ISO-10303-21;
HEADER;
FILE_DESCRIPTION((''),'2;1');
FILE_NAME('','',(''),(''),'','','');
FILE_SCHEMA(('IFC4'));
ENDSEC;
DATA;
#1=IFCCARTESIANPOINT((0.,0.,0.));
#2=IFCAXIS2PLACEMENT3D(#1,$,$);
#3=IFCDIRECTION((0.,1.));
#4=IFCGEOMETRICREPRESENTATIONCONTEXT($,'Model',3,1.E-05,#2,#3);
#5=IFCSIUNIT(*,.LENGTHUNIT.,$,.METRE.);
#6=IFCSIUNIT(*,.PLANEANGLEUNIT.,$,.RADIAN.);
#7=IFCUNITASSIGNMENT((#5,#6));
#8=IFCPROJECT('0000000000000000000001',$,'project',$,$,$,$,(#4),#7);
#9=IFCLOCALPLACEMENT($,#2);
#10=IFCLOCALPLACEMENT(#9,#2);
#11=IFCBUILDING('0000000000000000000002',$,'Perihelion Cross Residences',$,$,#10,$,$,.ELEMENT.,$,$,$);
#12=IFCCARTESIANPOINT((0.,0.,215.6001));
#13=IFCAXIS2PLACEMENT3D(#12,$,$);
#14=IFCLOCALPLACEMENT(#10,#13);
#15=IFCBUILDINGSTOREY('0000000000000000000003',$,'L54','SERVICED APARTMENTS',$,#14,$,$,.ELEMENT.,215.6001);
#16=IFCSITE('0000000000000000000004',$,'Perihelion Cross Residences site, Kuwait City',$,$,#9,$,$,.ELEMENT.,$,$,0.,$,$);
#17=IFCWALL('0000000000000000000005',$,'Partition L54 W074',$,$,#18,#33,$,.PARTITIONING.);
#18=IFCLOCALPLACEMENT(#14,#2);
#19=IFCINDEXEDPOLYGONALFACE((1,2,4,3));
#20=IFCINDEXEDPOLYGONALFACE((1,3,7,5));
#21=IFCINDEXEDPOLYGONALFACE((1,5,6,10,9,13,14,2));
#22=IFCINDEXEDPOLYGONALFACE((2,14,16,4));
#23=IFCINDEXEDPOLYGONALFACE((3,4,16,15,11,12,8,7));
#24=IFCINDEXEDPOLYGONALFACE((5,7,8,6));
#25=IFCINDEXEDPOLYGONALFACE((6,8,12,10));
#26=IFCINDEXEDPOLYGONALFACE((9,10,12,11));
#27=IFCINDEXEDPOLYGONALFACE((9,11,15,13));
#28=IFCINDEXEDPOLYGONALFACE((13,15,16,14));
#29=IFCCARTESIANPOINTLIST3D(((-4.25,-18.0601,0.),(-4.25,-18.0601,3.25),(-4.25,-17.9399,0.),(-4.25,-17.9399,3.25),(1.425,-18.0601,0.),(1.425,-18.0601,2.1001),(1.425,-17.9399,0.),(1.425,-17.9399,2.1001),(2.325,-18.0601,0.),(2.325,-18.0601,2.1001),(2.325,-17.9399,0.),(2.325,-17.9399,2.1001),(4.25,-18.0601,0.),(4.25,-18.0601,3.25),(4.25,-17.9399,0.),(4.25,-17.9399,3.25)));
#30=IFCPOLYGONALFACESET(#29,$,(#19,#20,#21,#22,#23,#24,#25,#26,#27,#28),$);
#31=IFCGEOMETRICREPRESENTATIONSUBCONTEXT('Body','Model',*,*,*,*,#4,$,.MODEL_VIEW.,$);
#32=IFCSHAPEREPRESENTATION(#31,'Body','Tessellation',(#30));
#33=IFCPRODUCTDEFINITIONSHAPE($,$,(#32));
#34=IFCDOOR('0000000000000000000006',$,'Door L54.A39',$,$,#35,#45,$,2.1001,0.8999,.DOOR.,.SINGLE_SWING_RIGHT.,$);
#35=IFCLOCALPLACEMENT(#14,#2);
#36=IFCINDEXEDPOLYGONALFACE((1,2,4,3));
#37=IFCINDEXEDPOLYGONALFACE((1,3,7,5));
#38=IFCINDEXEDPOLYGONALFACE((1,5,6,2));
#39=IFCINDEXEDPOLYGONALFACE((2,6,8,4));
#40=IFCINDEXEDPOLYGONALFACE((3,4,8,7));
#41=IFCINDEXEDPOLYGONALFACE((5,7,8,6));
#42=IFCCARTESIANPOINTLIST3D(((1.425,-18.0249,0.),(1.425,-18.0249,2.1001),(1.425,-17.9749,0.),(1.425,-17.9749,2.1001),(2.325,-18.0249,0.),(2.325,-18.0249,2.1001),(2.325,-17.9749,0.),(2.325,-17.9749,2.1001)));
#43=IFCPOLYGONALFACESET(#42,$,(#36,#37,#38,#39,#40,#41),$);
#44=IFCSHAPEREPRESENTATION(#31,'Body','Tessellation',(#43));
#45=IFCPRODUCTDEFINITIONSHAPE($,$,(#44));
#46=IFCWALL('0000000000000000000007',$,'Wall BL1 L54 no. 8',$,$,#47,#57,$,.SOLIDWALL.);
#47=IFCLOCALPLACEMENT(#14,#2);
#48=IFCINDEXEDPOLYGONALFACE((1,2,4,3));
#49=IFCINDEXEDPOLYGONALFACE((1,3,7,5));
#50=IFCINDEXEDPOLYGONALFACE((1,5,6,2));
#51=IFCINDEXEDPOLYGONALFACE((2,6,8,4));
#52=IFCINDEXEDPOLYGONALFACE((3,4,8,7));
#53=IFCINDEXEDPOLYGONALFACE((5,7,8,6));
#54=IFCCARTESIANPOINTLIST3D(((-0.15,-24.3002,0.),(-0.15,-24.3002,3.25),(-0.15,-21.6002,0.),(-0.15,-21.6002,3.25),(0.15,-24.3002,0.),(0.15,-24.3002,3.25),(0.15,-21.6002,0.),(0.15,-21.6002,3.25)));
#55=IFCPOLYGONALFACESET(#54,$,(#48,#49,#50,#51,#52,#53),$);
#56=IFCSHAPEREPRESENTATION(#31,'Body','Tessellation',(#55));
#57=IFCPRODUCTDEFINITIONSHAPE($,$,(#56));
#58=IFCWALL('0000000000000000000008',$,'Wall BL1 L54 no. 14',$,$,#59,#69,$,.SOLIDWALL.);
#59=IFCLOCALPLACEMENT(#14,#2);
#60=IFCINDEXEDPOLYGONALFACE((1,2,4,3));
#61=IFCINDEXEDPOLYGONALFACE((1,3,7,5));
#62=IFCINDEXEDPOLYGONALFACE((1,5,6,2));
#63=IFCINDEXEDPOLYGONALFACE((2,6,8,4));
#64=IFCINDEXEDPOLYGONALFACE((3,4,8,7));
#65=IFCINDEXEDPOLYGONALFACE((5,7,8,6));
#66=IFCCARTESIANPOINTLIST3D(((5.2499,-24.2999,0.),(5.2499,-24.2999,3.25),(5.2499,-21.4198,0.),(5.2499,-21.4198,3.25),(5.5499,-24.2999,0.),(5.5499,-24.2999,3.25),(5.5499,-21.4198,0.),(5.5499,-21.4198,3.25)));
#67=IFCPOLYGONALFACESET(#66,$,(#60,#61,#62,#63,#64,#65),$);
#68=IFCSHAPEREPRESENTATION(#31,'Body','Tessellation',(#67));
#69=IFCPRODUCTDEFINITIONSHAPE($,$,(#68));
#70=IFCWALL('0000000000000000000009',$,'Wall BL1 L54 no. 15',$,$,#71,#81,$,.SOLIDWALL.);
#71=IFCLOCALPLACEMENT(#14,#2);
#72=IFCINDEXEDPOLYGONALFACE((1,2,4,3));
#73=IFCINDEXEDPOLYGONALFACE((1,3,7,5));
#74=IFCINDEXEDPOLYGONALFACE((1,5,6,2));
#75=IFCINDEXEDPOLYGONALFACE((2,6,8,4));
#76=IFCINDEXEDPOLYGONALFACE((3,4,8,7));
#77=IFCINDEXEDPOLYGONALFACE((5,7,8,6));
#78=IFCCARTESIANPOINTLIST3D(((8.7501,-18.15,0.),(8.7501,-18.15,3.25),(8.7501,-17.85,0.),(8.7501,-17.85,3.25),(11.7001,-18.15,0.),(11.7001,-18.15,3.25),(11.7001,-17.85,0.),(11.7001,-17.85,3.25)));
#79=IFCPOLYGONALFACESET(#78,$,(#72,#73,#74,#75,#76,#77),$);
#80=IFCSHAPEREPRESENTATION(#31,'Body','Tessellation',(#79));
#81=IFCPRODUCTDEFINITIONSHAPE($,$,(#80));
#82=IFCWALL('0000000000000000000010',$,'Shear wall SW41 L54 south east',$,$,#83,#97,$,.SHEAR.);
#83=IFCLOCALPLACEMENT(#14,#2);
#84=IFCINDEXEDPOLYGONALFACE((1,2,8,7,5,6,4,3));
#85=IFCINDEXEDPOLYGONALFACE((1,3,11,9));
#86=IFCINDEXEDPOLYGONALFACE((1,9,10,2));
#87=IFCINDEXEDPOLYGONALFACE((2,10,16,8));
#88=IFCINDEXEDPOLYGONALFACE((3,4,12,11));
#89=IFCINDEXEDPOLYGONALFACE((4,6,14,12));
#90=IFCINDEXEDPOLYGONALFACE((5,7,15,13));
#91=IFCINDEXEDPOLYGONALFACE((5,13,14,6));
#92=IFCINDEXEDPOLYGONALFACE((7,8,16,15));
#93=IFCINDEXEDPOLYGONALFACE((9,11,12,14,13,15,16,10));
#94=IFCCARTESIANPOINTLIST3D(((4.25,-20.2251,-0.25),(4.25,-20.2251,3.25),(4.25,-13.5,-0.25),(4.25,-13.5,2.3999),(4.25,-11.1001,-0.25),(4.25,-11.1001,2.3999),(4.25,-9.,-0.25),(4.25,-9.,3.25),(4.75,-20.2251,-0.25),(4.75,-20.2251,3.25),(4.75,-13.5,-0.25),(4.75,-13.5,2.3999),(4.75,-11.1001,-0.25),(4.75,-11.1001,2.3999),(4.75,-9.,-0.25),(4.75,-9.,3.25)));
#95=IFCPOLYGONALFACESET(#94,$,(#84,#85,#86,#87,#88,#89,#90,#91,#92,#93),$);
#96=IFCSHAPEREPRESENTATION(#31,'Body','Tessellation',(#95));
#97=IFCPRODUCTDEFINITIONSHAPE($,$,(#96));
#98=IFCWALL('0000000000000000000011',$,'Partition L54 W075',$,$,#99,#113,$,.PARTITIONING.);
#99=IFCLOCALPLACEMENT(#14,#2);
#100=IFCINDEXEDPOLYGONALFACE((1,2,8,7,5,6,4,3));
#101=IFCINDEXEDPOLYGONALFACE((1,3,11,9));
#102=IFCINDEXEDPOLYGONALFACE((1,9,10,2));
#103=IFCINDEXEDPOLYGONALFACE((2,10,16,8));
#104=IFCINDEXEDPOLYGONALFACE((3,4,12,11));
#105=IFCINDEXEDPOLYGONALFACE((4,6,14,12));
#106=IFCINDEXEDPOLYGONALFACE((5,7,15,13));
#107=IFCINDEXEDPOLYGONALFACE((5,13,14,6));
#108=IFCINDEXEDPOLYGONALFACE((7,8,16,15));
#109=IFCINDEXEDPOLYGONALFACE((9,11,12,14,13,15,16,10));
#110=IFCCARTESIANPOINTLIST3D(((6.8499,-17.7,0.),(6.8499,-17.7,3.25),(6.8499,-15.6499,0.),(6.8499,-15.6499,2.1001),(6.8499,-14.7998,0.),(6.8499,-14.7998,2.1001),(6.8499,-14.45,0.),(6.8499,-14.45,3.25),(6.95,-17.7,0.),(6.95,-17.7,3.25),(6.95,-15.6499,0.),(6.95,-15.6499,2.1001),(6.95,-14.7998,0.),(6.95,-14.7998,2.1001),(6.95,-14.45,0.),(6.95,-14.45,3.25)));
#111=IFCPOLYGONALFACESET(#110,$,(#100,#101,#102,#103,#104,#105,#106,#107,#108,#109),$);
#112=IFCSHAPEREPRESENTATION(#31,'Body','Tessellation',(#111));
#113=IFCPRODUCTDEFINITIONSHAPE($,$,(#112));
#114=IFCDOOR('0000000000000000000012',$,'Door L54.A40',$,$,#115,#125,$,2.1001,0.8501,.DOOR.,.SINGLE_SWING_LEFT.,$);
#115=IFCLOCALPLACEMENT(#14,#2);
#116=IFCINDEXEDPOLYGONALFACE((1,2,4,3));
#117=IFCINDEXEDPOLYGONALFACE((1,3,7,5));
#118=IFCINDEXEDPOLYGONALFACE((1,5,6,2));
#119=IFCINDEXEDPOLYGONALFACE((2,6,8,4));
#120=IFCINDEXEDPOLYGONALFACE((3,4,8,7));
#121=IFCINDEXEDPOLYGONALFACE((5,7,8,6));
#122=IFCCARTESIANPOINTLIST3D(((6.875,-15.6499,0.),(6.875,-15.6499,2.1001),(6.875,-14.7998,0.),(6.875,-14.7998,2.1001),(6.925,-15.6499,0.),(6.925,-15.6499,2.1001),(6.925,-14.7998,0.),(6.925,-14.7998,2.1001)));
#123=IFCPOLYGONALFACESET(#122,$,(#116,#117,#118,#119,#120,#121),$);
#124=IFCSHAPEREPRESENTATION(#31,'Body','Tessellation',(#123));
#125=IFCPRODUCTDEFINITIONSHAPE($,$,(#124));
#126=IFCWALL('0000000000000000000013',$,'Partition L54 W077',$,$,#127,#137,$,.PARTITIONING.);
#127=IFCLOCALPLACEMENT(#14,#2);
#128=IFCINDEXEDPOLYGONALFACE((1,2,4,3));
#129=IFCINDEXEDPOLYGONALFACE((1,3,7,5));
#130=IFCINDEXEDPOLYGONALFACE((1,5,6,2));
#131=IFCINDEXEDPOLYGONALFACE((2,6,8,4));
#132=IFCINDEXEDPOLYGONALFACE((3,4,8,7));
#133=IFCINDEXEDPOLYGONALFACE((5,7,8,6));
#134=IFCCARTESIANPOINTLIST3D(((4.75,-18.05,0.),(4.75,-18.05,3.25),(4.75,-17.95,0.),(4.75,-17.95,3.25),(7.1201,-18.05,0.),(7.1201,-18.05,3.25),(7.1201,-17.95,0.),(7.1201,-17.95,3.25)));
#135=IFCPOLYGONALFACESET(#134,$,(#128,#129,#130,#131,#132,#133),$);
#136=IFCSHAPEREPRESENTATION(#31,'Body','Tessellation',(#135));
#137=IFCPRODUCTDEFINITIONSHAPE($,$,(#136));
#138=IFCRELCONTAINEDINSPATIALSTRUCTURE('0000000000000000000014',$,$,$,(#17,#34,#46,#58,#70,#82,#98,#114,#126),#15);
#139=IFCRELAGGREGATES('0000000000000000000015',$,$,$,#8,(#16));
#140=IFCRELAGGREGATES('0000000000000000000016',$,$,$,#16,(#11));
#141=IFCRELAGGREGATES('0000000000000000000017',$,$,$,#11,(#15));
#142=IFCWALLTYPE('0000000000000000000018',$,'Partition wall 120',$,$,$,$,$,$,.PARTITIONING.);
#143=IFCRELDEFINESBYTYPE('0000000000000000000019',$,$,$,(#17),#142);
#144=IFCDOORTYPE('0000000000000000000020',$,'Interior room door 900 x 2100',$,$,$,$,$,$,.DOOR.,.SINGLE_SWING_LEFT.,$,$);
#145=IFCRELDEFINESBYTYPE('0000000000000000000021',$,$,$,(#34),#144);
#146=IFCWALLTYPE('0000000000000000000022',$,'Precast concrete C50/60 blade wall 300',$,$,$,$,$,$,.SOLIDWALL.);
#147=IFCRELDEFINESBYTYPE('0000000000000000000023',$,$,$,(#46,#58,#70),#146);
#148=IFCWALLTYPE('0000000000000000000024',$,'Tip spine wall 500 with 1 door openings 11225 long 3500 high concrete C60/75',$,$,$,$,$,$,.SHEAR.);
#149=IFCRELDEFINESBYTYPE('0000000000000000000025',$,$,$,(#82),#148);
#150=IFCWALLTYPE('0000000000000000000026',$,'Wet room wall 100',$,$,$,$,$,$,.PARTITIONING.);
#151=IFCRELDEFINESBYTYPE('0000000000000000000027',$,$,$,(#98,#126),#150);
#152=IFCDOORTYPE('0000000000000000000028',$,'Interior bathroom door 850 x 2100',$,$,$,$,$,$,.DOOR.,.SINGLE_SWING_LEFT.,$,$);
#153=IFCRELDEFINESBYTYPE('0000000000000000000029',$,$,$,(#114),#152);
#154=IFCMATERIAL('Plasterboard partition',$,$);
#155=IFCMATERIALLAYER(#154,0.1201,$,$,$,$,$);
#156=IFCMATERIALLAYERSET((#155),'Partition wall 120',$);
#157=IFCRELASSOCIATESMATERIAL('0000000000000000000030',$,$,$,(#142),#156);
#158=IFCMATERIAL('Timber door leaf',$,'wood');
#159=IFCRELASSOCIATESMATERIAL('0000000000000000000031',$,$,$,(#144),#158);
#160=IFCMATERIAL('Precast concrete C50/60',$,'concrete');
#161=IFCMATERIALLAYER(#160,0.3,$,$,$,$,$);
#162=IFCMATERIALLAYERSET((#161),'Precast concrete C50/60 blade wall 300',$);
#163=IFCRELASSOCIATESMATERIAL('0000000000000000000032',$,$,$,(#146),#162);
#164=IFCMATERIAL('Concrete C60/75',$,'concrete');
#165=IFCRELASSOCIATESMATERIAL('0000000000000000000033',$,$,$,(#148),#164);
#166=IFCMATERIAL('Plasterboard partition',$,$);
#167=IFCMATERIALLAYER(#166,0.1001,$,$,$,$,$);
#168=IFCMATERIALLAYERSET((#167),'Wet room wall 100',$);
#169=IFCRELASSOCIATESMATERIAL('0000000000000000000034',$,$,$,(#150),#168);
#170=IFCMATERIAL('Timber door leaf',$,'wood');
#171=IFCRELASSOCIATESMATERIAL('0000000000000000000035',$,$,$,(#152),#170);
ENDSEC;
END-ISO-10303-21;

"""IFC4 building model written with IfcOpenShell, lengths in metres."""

from ifc_helpers import new_model, si_unit, direction, frame, frame_2d, origin, place, context, subcontext, project, spatial, polyline, rectangle, outline, extrude, material, layer, layer_set, material_profile, profile_set, type_object, element, fill, save


model = new_model("IFC4")

# Units and contexts
model_context = context("Model", 3, precision=1e-05, world=origin(), true_north=direction((0.0, 1.0)))
body_context = subcontext(model_context, "Body", "Model", "MODEL_VIEW")
ifc_project = project(units=[si_unit("LENGTHUNIT", "METRE"), si_unit("PLANEANGLEUNIT", "RADIAN")], contexts=[model_context])

# Site, building, storey
site_placement = place(None, origin())
site = spatial("IfcSite", under=ifc_project, at=site_placement, Name="Perihelion Cross Residences site, Kuwait City", CompositionType="ELEMENT", RefElevation=0.0)
building_placement = place(site_placement, origin())
building = spatial("IfcBuilding", under=site, at=building_placement, Name="Perihelion Cross Residences", CompositionType="ELEMENT")
storey_placement = place(building_placement, frame((0.0, 0.0, 215.6001)))
storey = spatial("IfcBuildingStorey", under=building, at=storey_placement, Name="L54", Description="SERVICED APARTMENTS", CompositionType="ELEMENT", Elevation=215.6001)

# Wall, opening, door
ifc_material_1 = material(Name="Plasterboard partition")
ifc_layer_1 = layer(ifc_material_1, 0.1201)
ifc_layer_set_1 = layer_set([ifc_layer_1], Name="Partition wall 120")
wall_type_1 = type_object("IfcWallType", Name="Partition wall 120", PredefinedType="PARTITIONING", material=ifc_layer_set_1)
wall_1_placement = place(storey_placement, frame((4.25, -18.0, 0.0), z_axis=(0.0, 0.0, 1.0), x_axis=(-1.0, 0.0, 0.0)))
wall_1 = element("IfcWall", 1, at=wall_1_placement, inside=storey, type_object=wall_type_1, Name="Partition L54 W074", PredefinedType="PARTITIONING", context=body_context, shape_type="SweptSolid", body=[
    extrude(rectangle(XDim=8.5, YDim=0.1201, at=frame_2d((4.25, 0.0))), origin(), (0.0, 0.0, 1.0), 3.25),
])
opening_1_placement = place(wall_1_placement, frame((1.925, 0.0, 0.0)))
opening_1 = element("IfcOpeningElement", 2, at=opening_1_placement, cuts=wall_1, PredefinedType="OPENING", context=body_context, shape_type="SweptSolid", body=[
    extrude(rectangle(XDim=0.8999, YDim=2.1001, at=frame_2d((0.45, 1.05))), frame((0.0, 0.0701, 0.0), z_axis=(0.0, -1.0, 0.0), x_axis=(1.0, 0.0, 0.0)), (0.0, 0.0, 1.0), 0.1401),
])
ifc_material_2 = material(Name="Timber door leaf", Category="wood")
door_type_1 = type_object("IfcDoorType", Name="Interior room door 900 x 2100", OperationType="SINGLE_SWING_LEFT", PredefinedType="DOOR", material=ifc_material_2)
door_1_placement = place(opening_1_placement, origin())
door_1 = element("IfcDoor", 3, at=door_1_placement, inside=storey, type_object=door_type_1, Name="Door L54.A39", OperationType="SINGLE_SWING_RIGHT", OverallHeight=2.1001, OverallWidth=0.8999, PredefinedType="DOOR", context=body_context, shape_type="SweptSolid", body=[
    extrude(rectangle(XDim=0.8999, YDim=2.1001, at=frame_2d((0.45, 1.05))), frame((0.0, 0.0249, 0.0), z_axis=(0.0, -1.0, 0.0), x_axis=(1.0, 0.0, 0.0)), (0.0, 0.0, 1.0), 0.05),
])
fill(opening_1, door_1)

# Walls
ifc_material_3 = material(Name="Precast concrete C50/60", Category="concrete")
ifc_layer_2 = layer(ifc_material_3, 0.3)
ifc_layer_set_2 = layer_set([ifc_layer_2], Name="Precast concrete C50/60 blade wall 300")
wall_type_2 = type_object("IfcWallType", Name="Precast concrete C50/60 blade wall 300", PredefinedType="SOLIDWALL", material=ifc_layer_set_2)
wall_2_placement = place(storey_placement, frame((0.0, -21.6001, 0.0), z_axis=(0.0, 0.0, 1.0), x_axis=(0.0, -1.0, 0.0)))
element("IfcWall", 4, at=wall_2_placement, inside=storey, type_object=wall_type_2, Name="Wall BL1 L54 no. 8", PredefinedType="SOLIDWALL", context=body_context, shape_type="SweptSolid", body=[
    extrude(rectangle(XDim=2.7, YDim=0.3, at=frame_2d((1.3501, 0.0))), origin(), (0.0, 0.0, 1.0), 3.25),
])
wall_3_placement = place(storey_placement, frame((5.3999, -21.4199, 0.0), z_axis=(0.0, 0.0, 1.0), x_axis=(0.0, -1.0, 0.0)))
element("IfcWall", 5, at=wall_3_placement, inside=storey, type_object=wall_type_2, Name="Wall BL1 L54 no. 14", PredefinedType="SOLIDWALL", context=body_context, shape_type="SweptSolid", body=[
    extrude(rectangle(XDim=2.8801, YDim=0.3, at=frame_2d((1.4399, 0.0))), origin(), (0.0, 0.0, 1.0), 3.25),
])
wall_4_placement = place(storey_placement, frame((8.75, -18.0, 0.0), z_axis=(0.0, 0.0, 1.0), x_axis=(1.0, 0.0, 0.0)))
element("IfcWall", 6, at=wall_4_placement, inside=storey, type_object=wall_type_2, Name="Wall BL1 L54 no. 15", PredefinedType="SOLIDWALL", context=body_context, shape_type="SweptSolid", body=[
    extrude(rectangle(XDim=2.95, YDim=0.3, at=frame_2d((1.4751, 0.0))), origin(), (0.0, 0.0, 1.0), 3.25),
])
ifc_material_4 = material(Name="Concrete C60/75", Category="concrete")
ifc_material_profile_1 = material_profile(ifc_material_4, outline(polyline([(0.0, 0.0), (6.7251, 0.0), (6.7251, 2.6499), (9.125, 2.6499), (9.125, 0.0), (11.2251, 0.0), (11.2251, 3.5), (0.0, 3.5), (0.0, 0.0)])), Name="Tip spine wall")
ifc_profile_set_1 = profile_set([ifc_material_profile_1], Name="Concrete C60/75")
wall_type_3 = type_object("IfcWallType", Name="Tip spine wall 500 with 1 door openings 11225 long 3500 high concrete C60/75", PredefinedType="SHEAR", material=ifc_profile_set_1)
wall_5_placement = place(storey_placement, frame((4.25, -20.2251, -0.25), z_axis=(1.0, 0.0, 0.0), x_axis=(0.0, 1.0, 0.0)))
element("IfcWall", 7, at=wall_5_placement, inside=storey, type_object=wall_type_3, Name="Shear wall SW41 L54 south east", PredefinedType="SHEAR", context=body_context, shape_type="SweptSolid", body=[
    extrude(outline(polyline([(0.0, 0.0), (6.7251, 0.0), (6.7251, 2.6499), (9.125, 2.6499), (9.125, 0.0), (11.2251, 0.0), (11.2251, 3.5), (0.0, 3.5), (0.0, 0.0)])), origin(), (0.0, 0.0, 1.0), 0.5),
])

# Wall, opening, door
ifc_material_5 = material(Name="Plasterboard partition")
ifc_layer_3 = layer(ifc_material_5, 0.1001)
ifc_layer_set_3 = layer_set([ifc_layer_3], Name="Wet room wall 100")
wall_type_4 = type_object("IfcWallType", Name="Wet room wall 100", PredefinedType="PARTITIONING", material=ifc_layer_set_3)
wall_6_placement = place(storey_placement, frame((6.8999, -17.7, 0.0), z_axis=(0.0, 0.0, 1.0), x_axis=(0.0, 1.0, 0.0)))
wall_6 = element("IfcWall", 8, at=wall_6_placement, inside=storey, type_object=wall_type_4, Name="Partition L54 W075", PredefinedType="PARTITIONING", context=body_context, shape_type="SweptSolid", body=[
    extrude(rectangle(XDim=3.25, YDim=0.1001, at=frame_2d((1.625, 0.0))), origin(), (0.0, 0.0, 1.0), 3.25),
])
opening_2_placement = place(wall_6_placement, frame((2.05, 0.0, 0.0)))
opening_2 = element("IfcOpeningElement", 9, at=opening_2_placement, cuts=wall_6, PredefinedType="OPENING", context=body_context, shape_type="SweptSolid", body=[
    extrude(rectangle(XDim=0.8501, YDim=2.1001, at=frame_2d((0.425, 1.05))), frame((0.0, 0.0601, 0.0), z_axis=(0.0, -1.0, 0.0), x_axis=(1.0, 0.0, 0.0)), (0.0, 0.0, 1.0), 0.1201),
])
ifc_material_6 = material(Name="Timber door leaf", Category="wood")
door_type_2 = type_object("IfcDoorType", Name="Interior bathroom door 850 x 2100", OperationType="SINGLE_SWING_LEFT", PredefinedType="DOOR", material=ifc_material_6)
door_2_placement = place(opening_2_placement, origin())
door_2 = element("IfcDoor", 10, at=door_2_placement, inside=storey, type_object=door_type_2, Name="Door L54.A40", OperationType="SINGLE_SWING_LEFT", OverallHeight=2.1001, OverallWidth=0.8501, PredefinedType="DOOR", context=body_context, shape_type="SweptSolid", body=[
    extrude(rectangle(XDim=0.8501, YDim=2.1001, at=frame_2d((0.425, 1.05))), frame((0.0, 0.0249, 0.0), z_axis=(0.0, -1.0, 0.0), x_axis=(1.0, 0.0, 0.0)), (0.0, 0.0, 1.0), 0.05),
])
fill(opening_2, door_2)

# Wall
wall_7_placement = place(storey_placement, frame((7.1201, -18.0, 0.0), z_axis=(0.0, 0.0, 1.0), x_axis=(-1.0, 0.0, 0.0)))
element("IfcWall", 11, at=wall_7_placement, inside=storey, type_object=wall_type_4, Name="Partition L54 W077", PredefinedType="PARTITIONING", context=body_context, shape_type="SweptSolid", body=[
    extrude(rectangle(XDim=2.3701, YDim=0.1001, at=frame_2d((1.1851, 0.0))), origin(), (0.0, 0.0, 1.0), 3.25),
])

save(model, "model.ifc")
